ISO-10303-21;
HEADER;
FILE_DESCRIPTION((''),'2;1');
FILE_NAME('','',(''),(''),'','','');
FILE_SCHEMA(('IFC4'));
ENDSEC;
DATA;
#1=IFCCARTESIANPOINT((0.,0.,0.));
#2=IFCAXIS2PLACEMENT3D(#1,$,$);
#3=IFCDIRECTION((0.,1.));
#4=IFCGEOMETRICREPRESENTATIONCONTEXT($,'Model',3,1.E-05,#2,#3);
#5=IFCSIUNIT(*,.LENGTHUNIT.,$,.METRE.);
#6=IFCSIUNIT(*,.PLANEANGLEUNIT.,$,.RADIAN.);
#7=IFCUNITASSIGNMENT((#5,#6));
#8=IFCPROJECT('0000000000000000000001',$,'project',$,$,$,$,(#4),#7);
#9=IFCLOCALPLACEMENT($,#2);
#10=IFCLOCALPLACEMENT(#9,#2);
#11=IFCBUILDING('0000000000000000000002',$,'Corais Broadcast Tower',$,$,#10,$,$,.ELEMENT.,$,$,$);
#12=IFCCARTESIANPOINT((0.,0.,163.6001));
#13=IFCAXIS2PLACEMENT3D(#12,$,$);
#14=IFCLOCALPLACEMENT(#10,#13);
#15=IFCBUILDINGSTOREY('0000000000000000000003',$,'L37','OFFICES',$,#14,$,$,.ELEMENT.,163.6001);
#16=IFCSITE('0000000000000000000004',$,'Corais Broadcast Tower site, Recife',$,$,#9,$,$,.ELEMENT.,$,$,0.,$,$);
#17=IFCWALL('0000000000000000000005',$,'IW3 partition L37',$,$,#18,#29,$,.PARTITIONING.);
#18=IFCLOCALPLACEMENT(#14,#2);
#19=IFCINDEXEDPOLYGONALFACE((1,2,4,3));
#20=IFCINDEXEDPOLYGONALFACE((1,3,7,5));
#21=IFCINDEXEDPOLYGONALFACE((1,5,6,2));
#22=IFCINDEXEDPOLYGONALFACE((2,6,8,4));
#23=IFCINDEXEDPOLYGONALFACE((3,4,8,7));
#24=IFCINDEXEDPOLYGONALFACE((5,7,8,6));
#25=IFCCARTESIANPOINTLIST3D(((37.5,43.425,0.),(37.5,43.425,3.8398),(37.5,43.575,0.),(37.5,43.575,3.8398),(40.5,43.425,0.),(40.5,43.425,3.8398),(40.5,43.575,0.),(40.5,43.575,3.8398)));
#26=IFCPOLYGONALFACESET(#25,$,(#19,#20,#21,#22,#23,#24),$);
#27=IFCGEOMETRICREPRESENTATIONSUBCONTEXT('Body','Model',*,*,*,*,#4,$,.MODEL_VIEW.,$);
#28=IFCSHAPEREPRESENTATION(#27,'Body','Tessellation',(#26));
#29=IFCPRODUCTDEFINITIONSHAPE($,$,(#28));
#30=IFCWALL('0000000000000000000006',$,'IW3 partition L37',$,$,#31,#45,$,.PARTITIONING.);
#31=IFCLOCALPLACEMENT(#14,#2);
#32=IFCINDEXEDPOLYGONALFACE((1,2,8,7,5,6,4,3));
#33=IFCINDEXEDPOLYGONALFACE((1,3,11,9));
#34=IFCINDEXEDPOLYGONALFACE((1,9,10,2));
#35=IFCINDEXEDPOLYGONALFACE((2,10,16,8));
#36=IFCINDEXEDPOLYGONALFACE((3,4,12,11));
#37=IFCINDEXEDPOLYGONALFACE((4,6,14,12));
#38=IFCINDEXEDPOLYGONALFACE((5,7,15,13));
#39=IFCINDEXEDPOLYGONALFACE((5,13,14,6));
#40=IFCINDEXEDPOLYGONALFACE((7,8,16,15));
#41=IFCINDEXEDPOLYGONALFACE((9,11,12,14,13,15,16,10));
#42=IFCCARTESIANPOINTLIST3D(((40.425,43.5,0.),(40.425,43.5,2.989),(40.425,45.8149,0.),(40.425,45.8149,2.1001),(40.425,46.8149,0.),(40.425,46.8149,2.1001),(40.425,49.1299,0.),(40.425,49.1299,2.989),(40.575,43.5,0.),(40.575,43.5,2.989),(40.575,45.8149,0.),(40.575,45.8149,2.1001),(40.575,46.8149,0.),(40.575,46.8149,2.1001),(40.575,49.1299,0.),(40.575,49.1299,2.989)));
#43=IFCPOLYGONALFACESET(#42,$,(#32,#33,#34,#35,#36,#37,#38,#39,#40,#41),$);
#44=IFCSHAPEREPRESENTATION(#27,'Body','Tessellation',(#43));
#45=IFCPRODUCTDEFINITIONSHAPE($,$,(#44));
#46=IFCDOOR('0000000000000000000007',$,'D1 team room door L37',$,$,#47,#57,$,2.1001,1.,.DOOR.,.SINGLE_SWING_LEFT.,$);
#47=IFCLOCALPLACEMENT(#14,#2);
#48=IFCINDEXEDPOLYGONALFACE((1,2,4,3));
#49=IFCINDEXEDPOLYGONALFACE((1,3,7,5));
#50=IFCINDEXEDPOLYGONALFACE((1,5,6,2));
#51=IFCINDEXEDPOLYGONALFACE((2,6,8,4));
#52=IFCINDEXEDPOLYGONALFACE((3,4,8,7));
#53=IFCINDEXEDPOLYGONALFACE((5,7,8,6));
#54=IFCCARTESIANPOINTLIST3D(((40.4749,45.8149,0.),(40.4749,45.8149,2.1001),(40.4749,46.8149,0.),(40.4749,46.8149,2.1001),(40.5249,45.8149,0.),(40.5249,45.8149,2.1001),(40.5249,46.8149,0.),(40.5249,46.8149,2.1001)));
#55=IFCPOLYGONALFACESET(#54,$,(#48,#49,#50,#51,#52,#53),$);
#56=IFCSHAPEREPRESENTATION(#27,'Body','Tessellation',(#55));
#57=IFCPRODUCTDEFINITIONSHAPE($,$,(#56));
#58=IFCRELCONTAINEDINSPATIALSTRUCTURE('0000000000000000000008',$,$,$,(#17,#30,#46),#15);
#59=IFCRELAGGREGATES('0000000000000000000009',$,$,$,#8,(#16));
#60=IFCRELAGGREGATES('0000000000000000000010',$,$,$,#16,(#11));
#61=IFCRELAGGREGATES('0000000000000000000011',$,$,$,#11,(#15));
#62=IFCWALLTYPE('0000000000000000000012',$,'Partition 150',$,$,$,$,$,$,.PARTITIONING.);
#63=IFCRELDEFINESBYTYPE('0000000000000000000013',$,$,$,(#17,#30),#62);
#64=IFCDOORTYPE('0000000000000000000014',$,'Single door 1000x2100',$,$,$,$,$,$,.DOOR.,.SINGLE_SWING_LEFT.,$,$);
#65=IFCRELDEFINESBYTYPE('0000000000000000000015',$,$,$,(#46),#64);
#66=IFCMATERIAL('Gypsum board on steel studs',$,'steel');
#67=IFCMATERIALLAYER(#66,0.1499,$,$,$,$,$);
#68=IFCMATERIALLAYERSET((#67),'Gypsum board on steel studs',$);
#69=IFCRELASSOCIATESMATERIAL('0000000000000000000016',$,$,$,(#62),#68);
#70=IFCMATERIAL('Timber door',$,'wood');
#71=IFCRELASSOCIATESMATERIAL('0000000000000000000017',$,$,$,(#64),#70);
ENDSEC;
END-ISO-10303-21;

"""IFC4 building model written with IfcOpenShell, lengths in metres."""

from ifc_helpers import new_model, si_unit, direction, frame, frame_2d, origin, place, context, subcontext, project, spatial, rectangle, extrude, material, layer, layer_set, type_object, element, fill, save


model = new_model("IFC4")

# Units and contexts
model_context = context("Model", 3, precision=1e-05, world=origin(), true_north=direction((0.0, 1.0)))
body_context = subcontext(model_context, "Body", "Model", "MODEL_VIEW")
ifc_project = project(units=[si_unit("LENGTHUNIT", "METRE"), si_unit("PLANEANGLEUNIT", "RADIAN")], contexts=[model_context])

# Site, building, storey
site_placement = place(None, origin())
site = spatial("IfcSite", under=ifc_project, at=site_placement, Name="Corais Broadcast Tower site, Recife", CompositionType="ELEMENT", RefElevation=0.0)
building_placement = place(site_placement, origin())
building = spatial("IfcBuilding", under=site, at=building_placement, Name="Corais Broadcast Tower", CompositionType="ELEMENT")
storey_placement = place(building_placement, frame((0.0, 0.0, 163.6001)))
storey = spatial("IfcBuildingStorey", under=building, at=storey_placement, Name="L37", Description="OFFICES", CompositionType="ELEMENT", Elevation=163.6001)

# Wall
ifc_material_1 = material(Name="Gypsum board on steel studs", Category="steel")
ifc_layer_1 = layer(ifc_material_1, 0.1499)
ifc_layer_set_1 = layer_set([ifc_layer_1], Name="Gypsum board on steel studs")
wall_type = type_object("IfcWallType", Name="Partition 150", PredefinedType="PARTITIONING", material=ifc_layer_set_1)
wall_1_placement = place(storey_placement, frame((40.5, 43.5, 0.0), z_axis=(0.0, 0.0, 1.0), x_axis=(-1.0, 0.0, 0.0)))
element("IfcWall", 1, at=wall_1_placement, inside=storey, type_object=wall_type, Name="IW3 partition L37", PredefinedType="PARTITIONING", context=body_context, shape_type="SweptSolid", body=[
    extrude(rectangle(XDim=3.0, YDim=0.1499, at=frame_2d((1.5, 0.0))), origin(), (0.0, 0.0, 1.0), 3.8398),
])

# Wall, opening, door
wall_2_placement = place(storey_placement, frame((40.5, 49.1299, 0.0), z_axis=(0.0, 0.0, 1.0), x_axis=(0.0, -1.0, 0.0)))
wall_2 = element("IfcWall", 2, at=wall_2_placement, inside=storey, type_object=wall_type, Name="IW3 partition L37", PredefinedType="PARTITIONING", context=body_context, shape_type="SweptSolid", body=[
    extrude(rectangle(XDim=5.6299, YDim=0.1499, at=frame_2d((2.8149, 0.0))), origin(), (0.0, 0.0, 1.0), 2.989),
])
opening_placement = place(wall_2_placement, frame((2.3149, 0.0, 0.0)))
opening = element("IfcOpeningElement", 3, at=opening_placement, cuts=wall_2, PredefinedType="OPENING", context=body_context, shape_type="SweptSolid", body=[
    extrude(rectangle(XDim=1.0, YDim=2.1001, at=frame_2d((0.5, 1.05))), frame((0.0, 0.085, 0.0), z_axis=(0.0, -1.0, 0.0), x_axis=(1.0, 0.0, 0.0)), (0.0, 0.0, 1.0), 0.1699),
])
ifc_material_2 = material(Name="Timber door", Category="wood")
door_type = type_object("IfcDoorType", Name="Single door 1000x2100", OperationType="SINGLE_SWING_LEFT", PredefinedType="DOOR", material=ifc_material_2)
door_placement = place(opening_placement, origin())
door = element("IfcDoor", 4, at=door_placement, inside=storey, type_object=door_type, Name="D1 team room door L37", OperationType="SINGLE_SWING_LEFT", OverallHeight=2.1001, OverallWidth=1.0, PredefinedType="DOOR", context=body_context, shape_type="SweptSolid", body=[
    extrude(rectangle(XDim=1.0, YDim=2.1001, at=frame_2d((0.5, 1.05))), frame((0.0, 0.0249, 0.0), z_axis=(0.0, -1.0, 0.0), x_axis=(1.0, 0.0, 0.0)), (0.0, 0.0, 1.0), 0.05),
])
fill(opening, door)

save(model, "model.ifc")
